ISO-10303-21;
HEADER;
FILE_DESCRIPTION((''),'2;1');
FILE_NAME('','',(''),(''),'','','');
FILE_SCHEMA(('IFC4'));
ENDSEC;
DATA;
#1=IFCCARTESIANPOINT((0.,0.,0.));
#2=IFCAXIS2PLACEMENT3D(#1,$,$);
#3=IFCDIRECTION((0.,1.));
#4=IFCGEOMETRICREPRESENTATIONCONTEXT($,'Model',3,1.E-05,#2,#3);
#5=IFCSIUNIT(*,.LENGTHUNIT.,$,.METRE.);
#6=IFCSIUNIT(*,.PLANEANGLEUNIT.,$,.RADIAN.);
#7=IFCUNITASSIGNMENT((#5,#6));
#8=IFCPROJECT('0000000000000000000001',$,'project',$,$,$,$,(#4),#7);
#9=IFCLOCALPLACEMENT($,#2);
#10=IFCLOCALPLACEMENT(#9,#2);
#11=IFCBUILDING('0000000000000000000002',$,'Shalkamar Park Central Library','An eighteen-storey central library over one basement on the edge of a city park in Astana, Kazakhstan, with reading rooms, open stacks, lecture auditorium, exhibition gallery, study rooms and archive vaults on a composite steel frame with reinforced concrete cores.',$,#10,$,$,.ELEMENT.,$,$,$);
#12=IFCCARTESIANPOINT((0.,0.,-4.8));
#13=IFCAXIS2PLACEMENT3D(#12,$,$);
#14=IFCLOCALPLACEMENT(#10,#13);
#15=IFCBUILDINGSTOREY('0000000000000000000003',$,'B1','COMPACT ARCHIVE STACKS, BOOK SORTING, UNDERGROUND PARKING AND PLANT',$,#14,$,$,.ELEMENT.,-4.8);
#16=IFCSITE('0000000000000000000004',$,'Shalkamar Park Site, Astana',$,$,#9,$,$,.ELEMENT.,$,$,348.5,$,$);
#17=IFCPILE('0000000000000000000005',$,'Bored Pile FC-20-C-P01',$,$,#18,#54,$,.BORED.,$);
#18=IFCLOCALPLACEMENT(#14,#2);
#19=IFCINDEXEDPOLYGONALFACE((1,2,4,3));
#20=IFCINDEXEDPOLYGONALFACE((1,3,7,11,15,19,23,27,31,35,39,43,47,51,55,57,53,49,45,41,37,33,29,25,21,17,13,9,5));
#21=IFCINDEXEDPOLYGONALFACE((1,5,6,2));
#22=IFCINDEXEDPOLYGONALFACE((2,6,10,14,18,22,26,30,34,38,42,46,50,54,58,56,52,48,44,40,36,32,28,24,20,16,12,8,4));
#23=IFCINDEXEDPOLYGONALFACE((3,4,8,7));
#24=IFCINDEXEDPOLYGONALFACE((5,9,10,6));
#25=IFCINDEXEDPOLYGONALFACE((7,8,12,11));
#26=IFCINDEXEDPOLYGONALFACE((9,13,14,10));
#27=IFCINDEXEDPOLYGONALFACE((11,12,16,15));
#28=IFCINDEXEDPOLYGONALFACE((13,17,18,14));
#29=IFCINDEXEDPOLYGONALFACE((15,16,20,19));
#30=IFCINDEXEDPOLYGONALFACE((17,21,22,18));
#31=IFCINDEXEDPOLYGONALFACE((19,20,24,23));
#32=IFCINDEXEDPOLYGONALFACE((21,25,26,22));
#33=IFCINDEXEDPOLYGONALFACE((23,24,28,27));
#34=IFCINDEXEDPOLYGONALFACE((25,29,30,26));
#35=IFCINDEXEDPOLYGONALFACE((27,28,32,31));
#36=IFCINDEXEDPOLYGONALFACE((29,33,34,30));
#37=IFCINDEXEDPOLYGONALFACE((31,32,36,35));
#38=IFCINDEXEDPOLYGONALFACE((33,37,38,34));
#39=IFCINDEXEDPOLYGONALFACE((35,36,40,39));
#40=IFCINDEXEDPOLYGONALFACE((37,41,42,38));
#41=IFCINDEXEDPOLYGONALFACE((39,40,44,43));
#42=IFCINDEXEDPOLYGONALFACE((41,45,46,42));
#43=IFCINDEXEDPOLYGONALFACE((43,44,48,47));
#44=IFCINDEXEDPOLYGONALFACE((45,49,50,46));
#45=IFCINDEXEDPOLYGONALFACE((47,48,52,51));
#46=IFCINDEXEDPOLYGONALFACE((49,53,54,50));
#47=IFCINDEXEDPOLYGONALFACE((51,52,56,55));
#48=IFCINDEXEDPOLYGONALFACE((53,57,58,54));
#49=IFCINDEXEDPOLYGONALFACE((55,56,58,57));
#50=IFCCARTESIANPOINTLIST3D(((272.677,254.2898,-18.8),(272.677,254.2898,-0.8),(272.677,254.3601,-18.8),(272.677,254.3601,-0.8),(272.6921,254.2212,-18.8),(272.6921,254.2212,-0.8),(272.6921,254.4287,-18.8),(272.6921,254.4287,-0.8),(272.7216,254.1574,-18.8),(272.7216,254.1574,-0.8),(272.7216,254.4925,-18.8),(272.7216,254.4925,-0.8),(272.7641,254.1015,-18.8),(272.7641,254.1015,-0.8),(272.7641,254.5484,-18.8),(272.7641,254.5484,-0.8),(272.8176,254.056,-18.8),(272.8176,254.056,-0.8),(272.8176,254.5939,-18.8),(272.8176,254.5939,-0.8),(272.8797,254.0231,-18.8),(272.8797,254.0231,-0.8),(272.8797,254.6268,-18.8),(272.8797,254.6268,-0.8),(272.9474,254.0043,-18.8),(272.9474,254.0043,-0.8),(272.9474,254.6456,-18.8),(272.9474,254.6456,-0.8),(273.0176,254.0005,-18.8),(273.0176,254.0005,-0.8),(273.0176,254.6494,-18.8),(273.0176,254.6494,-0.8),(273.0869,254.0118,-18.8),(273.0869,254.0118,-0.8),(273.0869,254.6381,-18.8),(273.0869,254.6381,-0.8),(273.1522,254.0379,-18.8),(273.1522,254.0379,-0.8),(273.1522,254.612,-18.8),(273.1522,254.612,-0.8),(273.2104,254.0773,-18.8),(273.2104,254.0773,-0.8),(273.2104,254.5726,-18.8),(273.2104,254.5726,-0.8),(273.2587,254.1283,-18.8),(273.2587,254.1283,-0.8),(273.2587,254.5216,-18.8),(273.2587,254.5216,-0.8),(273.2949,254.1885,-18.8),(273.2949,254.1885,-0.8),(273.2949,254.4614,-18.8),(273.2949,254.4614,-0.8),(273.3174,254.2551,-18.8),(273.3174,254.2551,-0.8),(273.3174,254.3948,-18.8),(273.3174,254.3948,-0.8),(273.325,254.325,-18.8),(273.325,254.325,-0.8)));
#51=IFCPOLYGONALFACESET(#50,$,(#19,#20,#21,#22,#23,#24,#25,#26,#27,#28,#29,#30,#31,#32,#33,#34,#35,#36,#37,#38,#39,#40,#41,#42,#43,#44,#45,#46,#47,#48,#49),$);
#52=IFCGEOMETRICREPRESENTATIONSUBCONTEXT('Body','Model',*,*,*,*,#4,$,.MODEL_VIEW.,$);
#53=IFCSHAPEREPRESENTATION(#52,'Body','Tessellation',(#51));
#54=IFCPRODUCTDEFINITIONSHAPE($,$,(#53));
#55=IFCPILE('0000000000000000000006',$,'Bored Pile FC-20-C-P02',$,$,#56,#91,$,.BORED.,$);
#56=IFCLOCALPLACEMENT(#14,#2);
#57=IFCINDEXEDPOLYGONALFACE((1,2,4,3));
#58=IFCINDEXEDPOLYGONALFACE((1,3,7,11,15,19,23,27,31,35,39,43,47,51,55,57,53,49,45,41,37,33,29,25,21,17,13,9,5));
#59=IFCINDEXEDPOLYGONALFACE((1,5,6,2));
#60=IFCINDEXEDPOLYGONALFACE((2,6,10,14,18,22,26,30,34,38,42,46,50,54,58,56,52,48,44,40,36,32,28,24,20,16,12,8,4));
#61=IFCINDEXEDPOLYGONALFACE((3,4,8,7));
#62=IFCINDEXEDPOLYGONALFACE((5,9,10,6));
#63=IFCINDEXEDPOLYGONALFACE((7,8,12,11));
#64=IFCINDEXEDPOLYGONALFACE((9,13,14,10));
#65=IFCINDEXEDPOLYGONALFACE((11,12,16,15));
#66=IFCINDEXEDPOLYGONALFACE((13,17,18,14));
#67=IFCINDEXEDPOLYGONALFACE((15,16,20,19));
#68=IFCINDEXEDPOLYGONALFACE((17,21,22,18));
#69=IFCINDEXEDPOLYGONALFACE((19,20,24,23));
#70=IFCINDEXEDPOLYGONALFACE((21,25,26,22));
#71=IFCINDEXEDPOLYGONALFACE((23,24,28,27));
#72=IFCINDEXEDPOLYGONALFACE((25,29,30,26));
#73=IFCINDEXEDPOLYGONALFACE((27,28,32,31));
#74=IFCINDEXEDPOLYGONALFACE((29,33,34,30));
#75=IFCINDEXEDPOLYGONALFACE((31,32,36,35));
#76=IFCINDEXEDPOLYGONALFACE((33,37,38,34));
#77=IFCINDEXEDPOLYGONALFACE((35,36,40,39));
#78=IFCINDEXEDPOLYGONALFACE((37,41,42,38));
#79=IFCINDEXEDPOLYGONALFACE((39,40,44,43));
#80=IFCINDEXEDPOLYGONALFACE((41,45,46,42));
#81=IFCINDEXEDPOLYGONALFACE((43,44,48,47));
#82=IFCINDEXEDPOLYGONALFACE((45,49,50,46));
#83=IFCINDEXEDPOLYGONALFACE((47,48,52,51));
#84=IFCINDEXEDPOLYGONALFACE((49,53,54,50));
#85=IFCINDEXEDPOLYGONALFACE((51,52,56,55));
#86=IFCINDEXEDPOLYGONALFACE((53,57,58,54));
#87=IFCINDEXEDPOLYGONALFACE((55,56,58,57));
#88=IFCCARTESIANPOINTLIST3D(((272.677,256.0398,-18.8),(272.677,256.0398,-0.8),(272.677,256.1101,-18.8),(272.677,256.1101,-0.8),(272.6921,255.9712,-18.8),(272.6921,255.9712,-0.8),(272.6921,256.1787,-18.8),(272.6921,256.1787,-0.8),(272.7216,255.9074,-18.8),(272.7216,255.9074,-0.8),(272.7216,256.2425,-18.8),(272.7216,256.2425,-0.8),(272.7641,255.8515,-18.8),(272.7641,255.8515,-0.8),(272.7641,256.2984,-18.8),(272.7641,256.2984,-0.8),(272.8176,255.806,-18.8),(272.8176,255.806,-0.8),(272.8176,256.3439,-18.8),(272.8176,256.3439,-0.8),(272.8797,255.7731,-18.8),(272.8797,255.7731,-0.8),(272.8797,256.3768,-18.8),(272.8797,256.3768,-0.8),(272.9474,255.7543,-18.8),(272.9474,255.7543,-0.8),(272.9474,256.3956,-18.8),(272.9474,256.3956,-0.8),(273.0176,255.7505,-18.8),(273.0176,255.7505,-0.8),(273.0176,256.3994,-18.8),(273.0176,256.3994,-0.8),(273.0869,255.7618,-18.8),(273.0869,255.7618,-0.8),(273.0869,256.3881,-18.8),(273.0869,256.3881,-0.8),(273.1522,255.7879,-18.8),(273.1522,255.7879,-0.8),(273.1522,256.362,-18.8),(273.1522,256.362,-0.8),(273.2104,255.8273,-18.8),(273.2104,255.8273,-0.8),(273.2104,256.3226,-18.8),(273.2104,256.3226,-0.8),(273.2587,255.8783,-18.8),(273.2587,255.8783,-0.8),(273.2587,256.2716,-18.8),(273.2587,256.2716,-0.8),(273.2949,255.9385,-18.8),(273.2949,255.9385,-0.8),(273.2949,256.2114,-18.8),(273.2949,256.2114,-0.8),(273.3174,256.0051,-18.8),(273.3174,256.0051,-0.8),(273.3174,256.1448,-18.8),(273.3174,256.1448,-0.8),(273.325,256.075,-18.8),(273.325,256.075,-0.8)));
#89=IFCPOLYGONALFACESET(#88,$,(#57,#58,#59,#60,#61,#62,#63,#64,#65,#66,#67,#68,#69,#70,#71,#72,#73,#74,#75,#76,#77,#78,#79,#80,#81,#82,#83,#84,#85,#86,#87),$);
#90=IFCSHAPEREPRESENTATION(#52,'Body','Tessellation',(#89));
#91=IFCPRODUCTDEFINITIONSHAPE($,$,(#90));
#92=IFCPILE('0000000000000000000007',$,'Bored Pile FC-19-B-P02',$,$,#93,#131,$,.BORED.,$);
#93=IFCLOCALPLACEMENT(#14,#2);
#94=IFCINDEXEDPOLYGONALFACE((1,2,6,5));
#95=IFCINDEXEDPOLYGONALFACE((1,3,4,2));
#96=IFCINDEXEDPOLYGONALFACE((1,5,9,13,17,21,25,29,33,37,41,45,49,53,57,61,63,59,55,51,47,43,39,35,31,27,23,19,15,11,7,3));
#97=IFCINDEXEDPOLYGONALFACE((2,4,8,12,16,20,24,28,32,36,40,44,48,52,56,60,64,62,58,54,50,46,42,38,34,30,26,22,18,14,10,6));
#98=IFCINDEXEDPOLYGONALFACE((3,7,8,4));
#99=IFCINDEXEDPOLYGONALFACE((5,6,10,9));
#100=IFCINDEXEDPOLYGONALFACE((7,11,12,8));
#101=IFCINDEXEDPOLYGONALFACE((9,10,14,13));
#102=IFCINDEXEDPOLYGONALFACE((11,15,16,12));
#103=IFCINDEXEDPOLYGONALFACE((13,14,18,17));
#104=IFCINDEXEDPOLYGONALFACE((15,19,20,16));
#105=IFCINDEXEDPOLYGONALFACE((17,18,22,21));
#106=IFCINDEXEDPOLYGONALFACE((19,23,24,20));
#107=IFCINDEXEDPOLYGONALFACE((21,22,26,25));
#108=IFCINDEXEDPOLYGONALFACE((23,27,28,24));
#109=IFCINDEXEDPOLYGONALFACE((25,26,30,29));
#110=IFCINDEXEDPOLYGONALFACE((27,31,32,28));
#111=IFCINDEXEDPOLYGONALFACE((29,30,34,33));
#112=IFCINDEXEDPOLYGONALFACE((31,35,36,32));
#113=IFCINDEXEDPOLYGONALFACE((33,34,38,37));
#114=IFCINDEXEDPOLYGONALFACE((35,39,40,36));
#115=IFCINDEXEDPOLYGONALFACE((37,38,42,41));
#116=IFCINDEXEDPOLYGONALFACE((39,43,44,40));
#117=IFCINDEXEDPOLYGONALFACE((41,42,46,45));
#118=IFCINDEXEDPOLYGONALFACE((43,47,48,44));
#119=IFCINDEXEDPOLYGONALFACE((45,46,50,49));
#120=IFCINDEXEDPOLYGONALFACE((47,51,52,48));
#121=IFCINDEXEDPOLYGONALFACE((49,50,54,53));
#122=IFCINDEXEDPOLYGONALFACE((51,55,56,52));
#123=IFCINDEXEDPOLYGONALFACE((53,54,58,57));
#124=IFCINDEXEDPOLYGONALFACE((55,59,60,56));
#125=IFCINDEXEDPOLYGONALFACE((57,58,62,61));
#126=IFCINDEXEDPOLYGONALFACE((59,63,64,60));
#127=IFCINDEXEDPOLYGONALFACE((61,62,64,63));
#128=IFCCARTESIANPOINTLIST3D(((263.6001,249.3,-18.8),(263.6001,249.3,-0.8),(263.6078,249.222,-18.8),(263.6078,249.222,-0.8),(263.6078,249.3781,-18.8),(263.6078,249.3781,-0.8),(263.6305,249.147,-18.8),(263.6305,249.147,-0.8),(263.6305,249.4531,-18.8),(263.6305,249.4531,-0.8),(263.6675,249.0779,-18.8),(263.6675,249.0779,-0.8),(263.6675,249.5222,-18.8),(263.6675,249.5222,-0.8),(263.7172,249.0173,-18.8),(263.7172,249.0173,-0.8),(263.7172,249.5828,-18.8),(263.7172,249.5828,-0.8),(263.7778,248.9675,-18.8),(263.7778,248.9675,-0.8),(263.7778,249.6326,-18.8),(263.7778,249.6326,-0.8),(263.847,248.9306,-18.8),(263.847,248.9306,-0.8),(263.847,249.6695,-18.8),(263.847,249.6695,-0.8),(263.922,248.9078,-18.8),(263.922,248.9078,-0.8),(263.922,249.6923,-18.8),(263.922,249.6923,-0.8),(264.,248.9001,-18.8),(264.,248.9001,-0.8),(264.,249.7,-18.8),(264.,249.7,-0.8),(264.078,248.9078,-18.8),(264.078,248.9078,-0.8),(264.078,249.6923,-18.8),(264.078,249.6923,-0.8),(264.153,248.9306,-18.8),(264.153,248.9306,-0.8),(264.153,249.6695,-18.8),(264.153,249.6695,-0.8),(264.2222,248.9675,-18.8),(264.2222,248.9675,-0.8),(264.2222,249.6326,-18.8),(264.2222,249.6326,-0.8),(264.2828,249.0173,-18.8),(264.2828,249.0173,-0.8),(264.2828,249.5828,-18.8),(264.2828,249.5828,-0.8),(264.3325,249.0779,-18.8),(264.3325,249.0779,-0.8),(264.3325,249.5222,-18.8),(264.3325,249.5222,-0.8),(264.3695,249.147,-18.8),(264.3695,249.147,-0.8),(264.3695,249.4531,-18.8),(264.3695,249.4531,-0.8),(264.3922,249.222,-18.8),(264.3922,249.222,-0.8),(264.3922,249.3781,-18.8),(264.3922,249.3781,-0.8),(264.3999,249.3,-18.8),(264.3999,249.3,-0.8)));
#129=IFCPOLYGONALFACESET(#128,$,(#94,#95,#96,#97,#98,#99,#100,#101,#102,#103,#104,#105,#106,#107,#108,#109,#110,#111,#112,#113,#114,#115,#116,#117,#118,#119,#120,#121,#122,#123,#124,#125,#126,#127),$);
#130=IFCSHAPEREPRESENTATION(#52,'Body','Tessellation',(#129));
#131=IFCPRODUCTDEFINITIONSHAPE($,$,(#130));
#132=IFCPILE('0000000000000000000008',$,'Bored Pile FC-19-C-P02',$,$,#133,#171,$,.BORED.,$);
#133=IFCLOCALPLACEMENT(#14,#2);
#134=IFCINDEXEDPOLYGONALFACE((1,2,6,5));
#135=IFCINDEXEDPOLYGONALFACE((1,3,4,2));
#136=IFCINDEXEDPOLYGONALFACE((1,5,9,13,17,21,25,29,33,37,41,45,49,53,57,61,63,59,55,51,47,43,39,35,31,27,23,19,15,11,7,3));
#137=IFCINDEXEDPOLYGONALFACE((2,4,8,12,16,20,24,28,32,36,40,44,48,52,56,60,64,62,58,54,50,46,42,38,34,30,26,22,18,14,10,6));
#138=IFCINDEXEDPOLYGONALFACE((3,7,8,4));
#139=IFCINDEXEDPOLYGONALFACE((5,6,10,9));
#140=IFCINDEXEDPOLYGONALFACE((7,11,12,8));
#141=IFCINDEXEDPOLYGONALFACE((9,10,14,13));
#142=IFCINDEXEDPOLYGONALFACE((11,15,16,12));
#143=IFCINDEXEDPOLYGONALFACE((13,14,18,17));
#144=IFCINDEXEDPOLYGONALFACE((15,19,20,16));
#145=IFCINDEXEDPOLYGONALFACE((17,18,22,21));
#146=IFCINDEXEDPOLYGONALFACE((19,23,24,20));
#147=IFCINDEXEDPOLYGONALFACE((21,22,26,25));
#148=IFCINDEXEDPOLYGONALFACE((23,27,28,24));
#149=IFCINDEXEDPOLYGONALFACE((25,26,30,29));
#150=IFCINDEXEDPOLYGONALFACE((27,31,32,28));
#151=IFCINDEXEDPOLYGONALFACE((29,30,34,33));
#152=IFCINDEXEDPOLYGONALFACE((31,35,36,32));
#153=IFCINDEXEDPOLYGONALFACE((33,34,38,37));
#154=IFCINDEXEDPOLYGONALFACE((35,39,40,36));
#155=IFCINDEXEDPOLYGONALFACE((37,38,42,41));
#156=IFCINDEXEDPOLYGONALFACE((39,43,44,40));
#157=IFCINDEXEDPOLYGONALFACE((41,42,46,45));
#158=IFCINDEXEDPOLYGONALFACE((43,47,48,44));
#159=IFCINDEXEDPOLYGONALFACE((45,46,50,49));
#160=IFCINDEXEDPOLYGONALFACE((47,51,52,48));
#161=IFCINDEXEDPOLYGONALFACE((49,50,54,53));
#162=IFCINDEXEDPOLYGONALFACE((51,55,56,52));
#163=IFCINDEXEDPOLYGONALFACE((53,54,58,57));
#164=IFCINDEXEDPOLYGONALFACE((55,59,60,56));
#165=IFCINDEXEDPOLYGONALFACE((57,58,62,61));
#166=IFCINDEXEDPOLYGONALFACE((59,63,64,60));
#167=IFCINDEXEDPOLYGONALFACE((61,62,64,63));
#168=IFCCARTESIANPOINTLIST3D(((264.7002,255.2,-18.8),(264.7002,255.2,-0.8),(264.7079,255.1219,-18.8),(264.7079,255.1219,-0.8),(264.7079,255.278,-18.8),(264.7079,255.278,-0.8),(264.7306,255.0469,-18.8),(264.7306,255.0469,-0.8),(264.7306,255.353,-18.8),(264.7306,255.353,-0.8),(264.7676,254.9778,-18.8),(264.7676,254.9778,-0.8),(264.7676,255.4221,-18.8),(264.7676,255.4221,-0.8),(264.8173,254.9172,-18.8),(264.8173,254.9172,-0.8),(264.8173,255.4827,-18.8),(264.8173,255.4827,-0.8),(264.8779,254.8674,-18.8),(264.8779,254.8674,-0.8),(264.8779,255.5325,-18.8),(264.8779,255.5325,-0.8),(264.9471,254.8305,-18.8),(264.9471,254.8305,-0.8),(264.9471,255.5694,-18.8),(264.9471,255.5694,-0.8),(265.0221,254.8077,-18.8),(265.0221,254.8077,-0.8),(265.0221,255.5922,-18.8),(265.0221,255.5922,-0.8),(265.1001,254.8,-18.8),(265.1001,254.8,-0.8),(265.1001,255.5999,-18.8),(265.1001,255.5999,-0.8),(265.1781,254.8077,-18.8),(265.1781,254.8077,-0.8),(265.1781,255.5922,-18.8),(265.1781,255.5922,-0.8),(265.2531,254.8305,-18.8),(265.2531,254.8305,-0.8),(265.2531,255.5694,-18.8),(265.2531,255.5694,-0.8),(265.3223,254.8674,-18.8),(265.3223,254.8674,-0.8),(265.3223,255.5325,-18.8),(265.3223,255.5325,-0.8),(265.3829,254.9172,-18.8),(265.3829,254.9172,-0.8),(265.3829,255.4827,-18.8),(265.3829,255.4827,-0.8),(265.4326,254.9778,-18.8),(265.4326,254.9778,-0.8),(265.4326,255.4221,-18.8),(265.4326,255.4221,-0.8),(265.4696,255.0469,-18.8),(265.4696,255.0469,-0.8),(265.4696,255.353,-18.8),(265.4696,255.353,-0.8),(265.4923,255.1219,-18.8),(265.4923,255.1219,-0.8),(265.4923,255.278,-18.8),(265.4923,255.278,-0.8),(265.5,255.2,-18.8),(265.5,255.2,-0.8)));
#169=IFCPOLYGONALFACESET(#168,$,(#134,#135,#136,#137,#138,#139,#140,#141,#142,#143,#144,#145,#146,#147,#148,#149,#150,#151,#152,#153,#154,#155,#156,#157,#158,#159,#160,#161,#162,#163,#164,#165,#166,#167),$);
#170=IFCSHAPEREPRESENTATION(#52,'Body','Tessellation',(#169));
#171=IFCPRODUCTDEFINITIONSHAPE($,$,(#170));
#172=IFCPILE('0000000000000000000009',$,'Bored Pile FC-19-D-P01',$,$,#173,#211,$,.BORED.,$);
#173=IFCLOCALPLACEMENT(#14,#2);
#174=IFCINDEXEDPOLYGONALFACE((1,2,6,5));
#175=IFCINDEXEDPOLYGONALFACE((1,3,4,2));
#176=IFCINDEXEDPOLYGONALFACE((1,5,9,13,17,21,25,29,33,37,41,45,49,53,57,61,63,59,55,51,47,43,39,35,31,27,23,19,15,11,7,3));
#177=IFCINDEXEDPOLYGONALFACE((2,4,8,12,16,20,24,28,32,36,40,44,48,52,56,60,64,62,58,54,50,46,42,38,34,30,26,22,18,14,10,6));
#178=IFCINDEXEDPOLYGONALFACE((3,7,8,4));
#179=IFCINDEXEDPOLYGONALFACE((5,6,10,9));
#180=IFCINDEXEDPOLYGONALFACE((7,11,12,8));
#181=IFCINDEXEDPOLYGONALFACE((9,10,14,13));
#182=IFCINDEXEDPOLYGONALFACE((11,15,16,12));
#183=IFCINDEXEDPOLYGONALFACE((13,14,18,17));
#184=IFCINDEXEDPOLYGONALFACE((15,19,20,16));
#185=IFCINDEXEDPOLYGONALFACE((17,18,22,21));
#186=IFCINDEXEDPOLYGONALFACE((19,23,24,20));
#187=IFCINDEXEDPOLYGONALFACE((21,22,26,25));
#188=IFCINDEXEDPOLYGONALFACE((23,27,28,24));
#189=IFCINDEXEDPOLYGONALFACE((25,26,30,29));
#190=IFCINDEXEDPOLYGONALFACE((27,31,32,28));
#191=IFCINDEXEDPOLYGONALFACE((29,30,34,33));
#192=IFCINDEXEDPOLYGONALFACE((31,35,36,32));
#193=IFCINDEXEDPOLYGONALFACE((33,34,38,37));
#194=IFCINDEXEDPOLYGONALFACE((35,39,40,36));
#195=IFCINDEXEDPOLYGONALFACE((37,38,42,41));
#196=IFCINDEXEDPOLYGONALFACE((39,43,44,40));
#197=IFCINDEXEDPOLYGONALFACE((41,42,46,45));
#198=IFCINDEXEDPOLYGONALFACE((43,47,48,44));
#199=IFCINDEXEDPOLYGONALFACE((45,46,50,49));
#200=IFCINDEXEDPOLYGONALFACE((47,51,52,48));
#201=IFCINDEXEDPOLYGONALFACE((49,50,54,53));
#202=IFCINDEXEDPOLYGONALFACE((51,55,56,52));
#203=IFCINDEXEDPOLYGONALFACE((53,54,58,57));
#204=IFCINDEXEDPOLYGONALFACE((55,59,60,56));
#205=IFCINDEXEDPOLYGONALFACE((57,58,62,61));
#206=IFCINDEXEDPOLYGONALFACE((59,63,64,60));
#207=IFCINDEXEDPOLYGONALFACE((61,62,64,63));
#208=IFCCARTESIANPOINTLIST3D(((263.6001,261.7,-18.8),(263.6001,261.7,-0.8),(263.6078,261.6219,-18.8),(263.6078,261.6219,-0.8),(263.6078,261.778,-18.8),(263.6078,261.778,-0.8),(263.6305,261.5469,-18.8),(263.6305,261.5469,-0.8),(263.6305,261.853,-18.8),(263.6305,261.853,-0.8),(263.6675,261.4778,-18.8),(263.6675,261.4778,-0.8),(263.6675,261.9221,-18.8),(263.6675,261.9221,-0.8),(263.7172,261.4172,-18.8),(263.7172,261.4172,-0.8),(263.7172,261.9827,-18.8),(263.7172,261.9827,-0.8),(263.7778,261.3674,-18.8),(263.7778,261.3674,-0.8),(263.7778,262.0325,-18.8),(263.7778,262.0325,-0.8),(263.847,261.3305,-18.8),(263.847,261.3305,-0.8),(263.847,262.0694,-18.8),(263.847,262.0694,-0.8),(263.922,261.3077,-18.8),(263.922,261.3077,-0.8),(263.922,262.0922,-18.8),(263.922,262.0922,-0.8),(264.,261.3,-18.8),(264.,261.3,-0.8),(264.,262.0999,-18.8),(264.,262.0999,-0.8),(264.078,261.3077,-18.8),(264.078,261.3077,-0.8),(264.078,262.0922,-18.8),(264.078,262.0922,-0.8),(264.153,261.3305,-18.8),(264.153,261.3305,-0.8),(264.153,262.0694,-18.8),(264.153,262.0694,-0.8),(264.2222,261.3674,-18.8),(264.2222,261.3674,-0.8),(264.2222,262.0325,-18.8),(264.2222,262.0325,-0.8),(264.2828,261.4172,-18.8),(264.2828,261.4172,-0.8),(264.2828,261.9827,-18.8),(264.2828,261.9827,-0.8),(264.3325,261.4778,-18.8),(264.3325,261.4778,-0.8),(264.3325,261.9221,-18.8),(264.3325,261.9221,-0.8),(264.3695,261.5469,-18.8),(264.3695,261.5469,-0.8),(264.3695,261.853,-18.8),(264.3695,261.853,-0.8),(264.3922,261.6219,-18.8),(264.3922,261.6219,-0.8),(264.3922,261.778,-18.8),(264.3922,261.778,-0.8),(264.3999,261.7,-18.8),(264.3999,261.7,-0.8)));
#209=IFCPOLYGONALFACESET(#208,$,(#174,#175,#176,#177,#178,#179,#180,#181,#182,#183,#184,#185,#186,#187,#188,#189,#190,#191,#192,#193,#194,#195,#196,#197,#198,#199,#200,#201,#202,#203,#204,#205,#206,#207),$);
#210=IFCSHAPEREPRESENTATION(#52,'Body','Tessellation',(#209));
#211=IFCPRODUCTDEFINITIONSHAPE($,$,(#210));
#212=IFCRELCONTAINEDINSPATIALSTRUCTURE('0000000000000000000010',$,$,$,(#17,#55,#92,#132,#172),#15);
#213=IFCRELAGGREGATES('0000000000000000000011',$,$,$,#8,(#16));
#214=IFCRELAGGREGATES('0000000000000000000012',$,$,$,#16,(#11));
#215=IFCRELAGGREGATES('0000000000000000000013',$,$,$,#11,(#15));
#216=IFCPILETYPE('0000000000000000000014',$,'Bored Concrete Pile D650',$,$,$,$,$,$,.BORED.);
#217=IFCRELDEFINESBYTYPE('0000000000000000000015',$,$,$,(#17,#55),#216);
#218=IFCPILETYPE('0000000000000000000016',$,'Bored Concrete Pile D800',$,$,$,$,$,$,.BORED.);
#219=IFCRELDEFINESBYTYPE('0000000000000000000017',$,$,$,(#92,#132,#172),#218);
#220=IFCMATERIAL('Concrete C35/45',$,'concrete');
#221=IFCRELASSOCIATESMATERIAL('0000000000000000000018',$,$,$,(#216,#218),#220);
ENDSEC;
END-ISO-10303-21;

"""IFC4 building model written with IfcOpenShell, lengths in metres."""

from ifc_helpers import new_model, si_unit, direction, frame, origin, origin_2d, place, context, subcontext, project, spatial, circle, extrude, material, material_profile, profile_set, type_object, element, save


model = new_model("IFC4")

# Units and contexts
model_context = context("Model", 3, precision=1e-05, world=origin(), true_north=direction((0.0, 1.0)))
body_context = subcontext(model_context, "Body", "Model", "MODEL_VIEW")
ifc_project = project(units=[si_unit("LENGTHUNIT", "METRE"), si_unit("PLANEANGLEUNIT", "RADIAN")], contexts=[model_context])

# Site, building, storey
site_placement = place(None, origin())
site = spatial("IfcSite", under=ifc_project, at=site_placement, Name="Shalkamar Park Site, Astana", CompositionType="ELEMENT", RefElevation=348.5)
building_placement = place(site_placement, origin())
building = spatial("IfcBuilding", under=site, at=building_placement, Name="Shalkamar Park Central Library", Description="An eighteen-storey central library over one basement on the edge of a city park in Astana, Kazakhstan, with reading rooms, open stacks, lecture auditorium, exhibition gallery, study rooms and archive vaults on a composite steel frame with reinforced concrete cores.", CompositionType="ELEMENT")
storey_placement = place(building_placement, frame((0.0, 0.0, -4.8)))
storey = spatial("IfcBuildingStorey", under=building, at=storey_placement, Name="B1", Description="COMPACT ARCHIVE STACKS, BOOK SORTING, UNDERGROUND PARKING AND PLANT", CompositionType="ELEMENT", Elevation=-4.8)

# Piles
ifc_material_1 = material(Name="Concrete C35/45", Category="concrete")
ifc_material_profile_1 = material_profile(ifc_material_1, circle(Radius=0.325, at=origin_2d()), Name="PILE D650")
ifc_profile_set_1 = profile_set([ifc_material_profile_1], Name="Concrete C35/45")
pile_type_1 = type_object("IfcPileType", Name="Bored Concrete Pile D650", PredefinedType="BORED", material=ifc_profile_set_1)
for number, where, z_axis, x_axis, name in (
    (1, (273.0, 254.325, -0.8), (0.0, 0.0, -1.0), (1.0, 0.0, 0.0), "Bored Pile FC-20-C-P01"),
    (2, (273.0, 256.075, -0.8), (0.0, 0.0, -1.0), (1.0, 0.0, 0.0), "Bored Pile FC-20-C-P02"),
):
    element("IfcPile", number, at=place(storey_placement, frame(where, z_axis=z_axis, x_axis=x_axis)), inside=storey, type_object=pile_type_1, Name=name, PredefinedType="BORED", context=body_context, shape_type="SweptSolid", body=[
        extrude(circle(Radius=0.325, at=origin_2d()), origin(), (0.0, 0.0, 1.0), 18.0),
    ])
ifc_material_profile_2 = material_profile(ifc_material_1, circle(Radius=0.3999, at=origin_2d()), Name="PILE D800")
ifc_profile_set_2 = profile_set([ifc_material_profile_2], Name="Concrete C35/45")
pile_type_2 = type_object("IfcPileType", Name="Bored Concrete Pile D800", PredefinedType="BORED", material=ifc_profile_set_2)
for number, where, z_axis, x_axis, name in (
    (3, (264.0, 249.3, -0.8), (0.0, 0.0, -1.0), (1.0, 0.0, 0.0), "Bored Pile FC-19-B-P02"),
    (4, (265.1001, 255.2, -0.8), (0.0, 0.0, -1.0), (1.0, 0.0, 0.0), "Bored Pile FC-19-C-P02"),
    (5, (264.0, 261.7, -0.8), (0.0, 0.0, -1.0), (1.0, 0.0, 0.0), "Bored Pile FC-19-D-P01"),
):
    element("IfcPile", number, at=place(storey_placement, frame(where, z_axis=z_axis, x_axis=x_axis)), inside=storey, type_object=pile_type_2, Name=name, PredefinedType="BORED", context=body_context, shape_type="SweptSolid", body=[
        extrude(circle(Radius=0.3999, at=origin_2d()), origin(), (0.0, 0.0, 1.0), 18.0),
    ])

save(model, "model.ifc")
